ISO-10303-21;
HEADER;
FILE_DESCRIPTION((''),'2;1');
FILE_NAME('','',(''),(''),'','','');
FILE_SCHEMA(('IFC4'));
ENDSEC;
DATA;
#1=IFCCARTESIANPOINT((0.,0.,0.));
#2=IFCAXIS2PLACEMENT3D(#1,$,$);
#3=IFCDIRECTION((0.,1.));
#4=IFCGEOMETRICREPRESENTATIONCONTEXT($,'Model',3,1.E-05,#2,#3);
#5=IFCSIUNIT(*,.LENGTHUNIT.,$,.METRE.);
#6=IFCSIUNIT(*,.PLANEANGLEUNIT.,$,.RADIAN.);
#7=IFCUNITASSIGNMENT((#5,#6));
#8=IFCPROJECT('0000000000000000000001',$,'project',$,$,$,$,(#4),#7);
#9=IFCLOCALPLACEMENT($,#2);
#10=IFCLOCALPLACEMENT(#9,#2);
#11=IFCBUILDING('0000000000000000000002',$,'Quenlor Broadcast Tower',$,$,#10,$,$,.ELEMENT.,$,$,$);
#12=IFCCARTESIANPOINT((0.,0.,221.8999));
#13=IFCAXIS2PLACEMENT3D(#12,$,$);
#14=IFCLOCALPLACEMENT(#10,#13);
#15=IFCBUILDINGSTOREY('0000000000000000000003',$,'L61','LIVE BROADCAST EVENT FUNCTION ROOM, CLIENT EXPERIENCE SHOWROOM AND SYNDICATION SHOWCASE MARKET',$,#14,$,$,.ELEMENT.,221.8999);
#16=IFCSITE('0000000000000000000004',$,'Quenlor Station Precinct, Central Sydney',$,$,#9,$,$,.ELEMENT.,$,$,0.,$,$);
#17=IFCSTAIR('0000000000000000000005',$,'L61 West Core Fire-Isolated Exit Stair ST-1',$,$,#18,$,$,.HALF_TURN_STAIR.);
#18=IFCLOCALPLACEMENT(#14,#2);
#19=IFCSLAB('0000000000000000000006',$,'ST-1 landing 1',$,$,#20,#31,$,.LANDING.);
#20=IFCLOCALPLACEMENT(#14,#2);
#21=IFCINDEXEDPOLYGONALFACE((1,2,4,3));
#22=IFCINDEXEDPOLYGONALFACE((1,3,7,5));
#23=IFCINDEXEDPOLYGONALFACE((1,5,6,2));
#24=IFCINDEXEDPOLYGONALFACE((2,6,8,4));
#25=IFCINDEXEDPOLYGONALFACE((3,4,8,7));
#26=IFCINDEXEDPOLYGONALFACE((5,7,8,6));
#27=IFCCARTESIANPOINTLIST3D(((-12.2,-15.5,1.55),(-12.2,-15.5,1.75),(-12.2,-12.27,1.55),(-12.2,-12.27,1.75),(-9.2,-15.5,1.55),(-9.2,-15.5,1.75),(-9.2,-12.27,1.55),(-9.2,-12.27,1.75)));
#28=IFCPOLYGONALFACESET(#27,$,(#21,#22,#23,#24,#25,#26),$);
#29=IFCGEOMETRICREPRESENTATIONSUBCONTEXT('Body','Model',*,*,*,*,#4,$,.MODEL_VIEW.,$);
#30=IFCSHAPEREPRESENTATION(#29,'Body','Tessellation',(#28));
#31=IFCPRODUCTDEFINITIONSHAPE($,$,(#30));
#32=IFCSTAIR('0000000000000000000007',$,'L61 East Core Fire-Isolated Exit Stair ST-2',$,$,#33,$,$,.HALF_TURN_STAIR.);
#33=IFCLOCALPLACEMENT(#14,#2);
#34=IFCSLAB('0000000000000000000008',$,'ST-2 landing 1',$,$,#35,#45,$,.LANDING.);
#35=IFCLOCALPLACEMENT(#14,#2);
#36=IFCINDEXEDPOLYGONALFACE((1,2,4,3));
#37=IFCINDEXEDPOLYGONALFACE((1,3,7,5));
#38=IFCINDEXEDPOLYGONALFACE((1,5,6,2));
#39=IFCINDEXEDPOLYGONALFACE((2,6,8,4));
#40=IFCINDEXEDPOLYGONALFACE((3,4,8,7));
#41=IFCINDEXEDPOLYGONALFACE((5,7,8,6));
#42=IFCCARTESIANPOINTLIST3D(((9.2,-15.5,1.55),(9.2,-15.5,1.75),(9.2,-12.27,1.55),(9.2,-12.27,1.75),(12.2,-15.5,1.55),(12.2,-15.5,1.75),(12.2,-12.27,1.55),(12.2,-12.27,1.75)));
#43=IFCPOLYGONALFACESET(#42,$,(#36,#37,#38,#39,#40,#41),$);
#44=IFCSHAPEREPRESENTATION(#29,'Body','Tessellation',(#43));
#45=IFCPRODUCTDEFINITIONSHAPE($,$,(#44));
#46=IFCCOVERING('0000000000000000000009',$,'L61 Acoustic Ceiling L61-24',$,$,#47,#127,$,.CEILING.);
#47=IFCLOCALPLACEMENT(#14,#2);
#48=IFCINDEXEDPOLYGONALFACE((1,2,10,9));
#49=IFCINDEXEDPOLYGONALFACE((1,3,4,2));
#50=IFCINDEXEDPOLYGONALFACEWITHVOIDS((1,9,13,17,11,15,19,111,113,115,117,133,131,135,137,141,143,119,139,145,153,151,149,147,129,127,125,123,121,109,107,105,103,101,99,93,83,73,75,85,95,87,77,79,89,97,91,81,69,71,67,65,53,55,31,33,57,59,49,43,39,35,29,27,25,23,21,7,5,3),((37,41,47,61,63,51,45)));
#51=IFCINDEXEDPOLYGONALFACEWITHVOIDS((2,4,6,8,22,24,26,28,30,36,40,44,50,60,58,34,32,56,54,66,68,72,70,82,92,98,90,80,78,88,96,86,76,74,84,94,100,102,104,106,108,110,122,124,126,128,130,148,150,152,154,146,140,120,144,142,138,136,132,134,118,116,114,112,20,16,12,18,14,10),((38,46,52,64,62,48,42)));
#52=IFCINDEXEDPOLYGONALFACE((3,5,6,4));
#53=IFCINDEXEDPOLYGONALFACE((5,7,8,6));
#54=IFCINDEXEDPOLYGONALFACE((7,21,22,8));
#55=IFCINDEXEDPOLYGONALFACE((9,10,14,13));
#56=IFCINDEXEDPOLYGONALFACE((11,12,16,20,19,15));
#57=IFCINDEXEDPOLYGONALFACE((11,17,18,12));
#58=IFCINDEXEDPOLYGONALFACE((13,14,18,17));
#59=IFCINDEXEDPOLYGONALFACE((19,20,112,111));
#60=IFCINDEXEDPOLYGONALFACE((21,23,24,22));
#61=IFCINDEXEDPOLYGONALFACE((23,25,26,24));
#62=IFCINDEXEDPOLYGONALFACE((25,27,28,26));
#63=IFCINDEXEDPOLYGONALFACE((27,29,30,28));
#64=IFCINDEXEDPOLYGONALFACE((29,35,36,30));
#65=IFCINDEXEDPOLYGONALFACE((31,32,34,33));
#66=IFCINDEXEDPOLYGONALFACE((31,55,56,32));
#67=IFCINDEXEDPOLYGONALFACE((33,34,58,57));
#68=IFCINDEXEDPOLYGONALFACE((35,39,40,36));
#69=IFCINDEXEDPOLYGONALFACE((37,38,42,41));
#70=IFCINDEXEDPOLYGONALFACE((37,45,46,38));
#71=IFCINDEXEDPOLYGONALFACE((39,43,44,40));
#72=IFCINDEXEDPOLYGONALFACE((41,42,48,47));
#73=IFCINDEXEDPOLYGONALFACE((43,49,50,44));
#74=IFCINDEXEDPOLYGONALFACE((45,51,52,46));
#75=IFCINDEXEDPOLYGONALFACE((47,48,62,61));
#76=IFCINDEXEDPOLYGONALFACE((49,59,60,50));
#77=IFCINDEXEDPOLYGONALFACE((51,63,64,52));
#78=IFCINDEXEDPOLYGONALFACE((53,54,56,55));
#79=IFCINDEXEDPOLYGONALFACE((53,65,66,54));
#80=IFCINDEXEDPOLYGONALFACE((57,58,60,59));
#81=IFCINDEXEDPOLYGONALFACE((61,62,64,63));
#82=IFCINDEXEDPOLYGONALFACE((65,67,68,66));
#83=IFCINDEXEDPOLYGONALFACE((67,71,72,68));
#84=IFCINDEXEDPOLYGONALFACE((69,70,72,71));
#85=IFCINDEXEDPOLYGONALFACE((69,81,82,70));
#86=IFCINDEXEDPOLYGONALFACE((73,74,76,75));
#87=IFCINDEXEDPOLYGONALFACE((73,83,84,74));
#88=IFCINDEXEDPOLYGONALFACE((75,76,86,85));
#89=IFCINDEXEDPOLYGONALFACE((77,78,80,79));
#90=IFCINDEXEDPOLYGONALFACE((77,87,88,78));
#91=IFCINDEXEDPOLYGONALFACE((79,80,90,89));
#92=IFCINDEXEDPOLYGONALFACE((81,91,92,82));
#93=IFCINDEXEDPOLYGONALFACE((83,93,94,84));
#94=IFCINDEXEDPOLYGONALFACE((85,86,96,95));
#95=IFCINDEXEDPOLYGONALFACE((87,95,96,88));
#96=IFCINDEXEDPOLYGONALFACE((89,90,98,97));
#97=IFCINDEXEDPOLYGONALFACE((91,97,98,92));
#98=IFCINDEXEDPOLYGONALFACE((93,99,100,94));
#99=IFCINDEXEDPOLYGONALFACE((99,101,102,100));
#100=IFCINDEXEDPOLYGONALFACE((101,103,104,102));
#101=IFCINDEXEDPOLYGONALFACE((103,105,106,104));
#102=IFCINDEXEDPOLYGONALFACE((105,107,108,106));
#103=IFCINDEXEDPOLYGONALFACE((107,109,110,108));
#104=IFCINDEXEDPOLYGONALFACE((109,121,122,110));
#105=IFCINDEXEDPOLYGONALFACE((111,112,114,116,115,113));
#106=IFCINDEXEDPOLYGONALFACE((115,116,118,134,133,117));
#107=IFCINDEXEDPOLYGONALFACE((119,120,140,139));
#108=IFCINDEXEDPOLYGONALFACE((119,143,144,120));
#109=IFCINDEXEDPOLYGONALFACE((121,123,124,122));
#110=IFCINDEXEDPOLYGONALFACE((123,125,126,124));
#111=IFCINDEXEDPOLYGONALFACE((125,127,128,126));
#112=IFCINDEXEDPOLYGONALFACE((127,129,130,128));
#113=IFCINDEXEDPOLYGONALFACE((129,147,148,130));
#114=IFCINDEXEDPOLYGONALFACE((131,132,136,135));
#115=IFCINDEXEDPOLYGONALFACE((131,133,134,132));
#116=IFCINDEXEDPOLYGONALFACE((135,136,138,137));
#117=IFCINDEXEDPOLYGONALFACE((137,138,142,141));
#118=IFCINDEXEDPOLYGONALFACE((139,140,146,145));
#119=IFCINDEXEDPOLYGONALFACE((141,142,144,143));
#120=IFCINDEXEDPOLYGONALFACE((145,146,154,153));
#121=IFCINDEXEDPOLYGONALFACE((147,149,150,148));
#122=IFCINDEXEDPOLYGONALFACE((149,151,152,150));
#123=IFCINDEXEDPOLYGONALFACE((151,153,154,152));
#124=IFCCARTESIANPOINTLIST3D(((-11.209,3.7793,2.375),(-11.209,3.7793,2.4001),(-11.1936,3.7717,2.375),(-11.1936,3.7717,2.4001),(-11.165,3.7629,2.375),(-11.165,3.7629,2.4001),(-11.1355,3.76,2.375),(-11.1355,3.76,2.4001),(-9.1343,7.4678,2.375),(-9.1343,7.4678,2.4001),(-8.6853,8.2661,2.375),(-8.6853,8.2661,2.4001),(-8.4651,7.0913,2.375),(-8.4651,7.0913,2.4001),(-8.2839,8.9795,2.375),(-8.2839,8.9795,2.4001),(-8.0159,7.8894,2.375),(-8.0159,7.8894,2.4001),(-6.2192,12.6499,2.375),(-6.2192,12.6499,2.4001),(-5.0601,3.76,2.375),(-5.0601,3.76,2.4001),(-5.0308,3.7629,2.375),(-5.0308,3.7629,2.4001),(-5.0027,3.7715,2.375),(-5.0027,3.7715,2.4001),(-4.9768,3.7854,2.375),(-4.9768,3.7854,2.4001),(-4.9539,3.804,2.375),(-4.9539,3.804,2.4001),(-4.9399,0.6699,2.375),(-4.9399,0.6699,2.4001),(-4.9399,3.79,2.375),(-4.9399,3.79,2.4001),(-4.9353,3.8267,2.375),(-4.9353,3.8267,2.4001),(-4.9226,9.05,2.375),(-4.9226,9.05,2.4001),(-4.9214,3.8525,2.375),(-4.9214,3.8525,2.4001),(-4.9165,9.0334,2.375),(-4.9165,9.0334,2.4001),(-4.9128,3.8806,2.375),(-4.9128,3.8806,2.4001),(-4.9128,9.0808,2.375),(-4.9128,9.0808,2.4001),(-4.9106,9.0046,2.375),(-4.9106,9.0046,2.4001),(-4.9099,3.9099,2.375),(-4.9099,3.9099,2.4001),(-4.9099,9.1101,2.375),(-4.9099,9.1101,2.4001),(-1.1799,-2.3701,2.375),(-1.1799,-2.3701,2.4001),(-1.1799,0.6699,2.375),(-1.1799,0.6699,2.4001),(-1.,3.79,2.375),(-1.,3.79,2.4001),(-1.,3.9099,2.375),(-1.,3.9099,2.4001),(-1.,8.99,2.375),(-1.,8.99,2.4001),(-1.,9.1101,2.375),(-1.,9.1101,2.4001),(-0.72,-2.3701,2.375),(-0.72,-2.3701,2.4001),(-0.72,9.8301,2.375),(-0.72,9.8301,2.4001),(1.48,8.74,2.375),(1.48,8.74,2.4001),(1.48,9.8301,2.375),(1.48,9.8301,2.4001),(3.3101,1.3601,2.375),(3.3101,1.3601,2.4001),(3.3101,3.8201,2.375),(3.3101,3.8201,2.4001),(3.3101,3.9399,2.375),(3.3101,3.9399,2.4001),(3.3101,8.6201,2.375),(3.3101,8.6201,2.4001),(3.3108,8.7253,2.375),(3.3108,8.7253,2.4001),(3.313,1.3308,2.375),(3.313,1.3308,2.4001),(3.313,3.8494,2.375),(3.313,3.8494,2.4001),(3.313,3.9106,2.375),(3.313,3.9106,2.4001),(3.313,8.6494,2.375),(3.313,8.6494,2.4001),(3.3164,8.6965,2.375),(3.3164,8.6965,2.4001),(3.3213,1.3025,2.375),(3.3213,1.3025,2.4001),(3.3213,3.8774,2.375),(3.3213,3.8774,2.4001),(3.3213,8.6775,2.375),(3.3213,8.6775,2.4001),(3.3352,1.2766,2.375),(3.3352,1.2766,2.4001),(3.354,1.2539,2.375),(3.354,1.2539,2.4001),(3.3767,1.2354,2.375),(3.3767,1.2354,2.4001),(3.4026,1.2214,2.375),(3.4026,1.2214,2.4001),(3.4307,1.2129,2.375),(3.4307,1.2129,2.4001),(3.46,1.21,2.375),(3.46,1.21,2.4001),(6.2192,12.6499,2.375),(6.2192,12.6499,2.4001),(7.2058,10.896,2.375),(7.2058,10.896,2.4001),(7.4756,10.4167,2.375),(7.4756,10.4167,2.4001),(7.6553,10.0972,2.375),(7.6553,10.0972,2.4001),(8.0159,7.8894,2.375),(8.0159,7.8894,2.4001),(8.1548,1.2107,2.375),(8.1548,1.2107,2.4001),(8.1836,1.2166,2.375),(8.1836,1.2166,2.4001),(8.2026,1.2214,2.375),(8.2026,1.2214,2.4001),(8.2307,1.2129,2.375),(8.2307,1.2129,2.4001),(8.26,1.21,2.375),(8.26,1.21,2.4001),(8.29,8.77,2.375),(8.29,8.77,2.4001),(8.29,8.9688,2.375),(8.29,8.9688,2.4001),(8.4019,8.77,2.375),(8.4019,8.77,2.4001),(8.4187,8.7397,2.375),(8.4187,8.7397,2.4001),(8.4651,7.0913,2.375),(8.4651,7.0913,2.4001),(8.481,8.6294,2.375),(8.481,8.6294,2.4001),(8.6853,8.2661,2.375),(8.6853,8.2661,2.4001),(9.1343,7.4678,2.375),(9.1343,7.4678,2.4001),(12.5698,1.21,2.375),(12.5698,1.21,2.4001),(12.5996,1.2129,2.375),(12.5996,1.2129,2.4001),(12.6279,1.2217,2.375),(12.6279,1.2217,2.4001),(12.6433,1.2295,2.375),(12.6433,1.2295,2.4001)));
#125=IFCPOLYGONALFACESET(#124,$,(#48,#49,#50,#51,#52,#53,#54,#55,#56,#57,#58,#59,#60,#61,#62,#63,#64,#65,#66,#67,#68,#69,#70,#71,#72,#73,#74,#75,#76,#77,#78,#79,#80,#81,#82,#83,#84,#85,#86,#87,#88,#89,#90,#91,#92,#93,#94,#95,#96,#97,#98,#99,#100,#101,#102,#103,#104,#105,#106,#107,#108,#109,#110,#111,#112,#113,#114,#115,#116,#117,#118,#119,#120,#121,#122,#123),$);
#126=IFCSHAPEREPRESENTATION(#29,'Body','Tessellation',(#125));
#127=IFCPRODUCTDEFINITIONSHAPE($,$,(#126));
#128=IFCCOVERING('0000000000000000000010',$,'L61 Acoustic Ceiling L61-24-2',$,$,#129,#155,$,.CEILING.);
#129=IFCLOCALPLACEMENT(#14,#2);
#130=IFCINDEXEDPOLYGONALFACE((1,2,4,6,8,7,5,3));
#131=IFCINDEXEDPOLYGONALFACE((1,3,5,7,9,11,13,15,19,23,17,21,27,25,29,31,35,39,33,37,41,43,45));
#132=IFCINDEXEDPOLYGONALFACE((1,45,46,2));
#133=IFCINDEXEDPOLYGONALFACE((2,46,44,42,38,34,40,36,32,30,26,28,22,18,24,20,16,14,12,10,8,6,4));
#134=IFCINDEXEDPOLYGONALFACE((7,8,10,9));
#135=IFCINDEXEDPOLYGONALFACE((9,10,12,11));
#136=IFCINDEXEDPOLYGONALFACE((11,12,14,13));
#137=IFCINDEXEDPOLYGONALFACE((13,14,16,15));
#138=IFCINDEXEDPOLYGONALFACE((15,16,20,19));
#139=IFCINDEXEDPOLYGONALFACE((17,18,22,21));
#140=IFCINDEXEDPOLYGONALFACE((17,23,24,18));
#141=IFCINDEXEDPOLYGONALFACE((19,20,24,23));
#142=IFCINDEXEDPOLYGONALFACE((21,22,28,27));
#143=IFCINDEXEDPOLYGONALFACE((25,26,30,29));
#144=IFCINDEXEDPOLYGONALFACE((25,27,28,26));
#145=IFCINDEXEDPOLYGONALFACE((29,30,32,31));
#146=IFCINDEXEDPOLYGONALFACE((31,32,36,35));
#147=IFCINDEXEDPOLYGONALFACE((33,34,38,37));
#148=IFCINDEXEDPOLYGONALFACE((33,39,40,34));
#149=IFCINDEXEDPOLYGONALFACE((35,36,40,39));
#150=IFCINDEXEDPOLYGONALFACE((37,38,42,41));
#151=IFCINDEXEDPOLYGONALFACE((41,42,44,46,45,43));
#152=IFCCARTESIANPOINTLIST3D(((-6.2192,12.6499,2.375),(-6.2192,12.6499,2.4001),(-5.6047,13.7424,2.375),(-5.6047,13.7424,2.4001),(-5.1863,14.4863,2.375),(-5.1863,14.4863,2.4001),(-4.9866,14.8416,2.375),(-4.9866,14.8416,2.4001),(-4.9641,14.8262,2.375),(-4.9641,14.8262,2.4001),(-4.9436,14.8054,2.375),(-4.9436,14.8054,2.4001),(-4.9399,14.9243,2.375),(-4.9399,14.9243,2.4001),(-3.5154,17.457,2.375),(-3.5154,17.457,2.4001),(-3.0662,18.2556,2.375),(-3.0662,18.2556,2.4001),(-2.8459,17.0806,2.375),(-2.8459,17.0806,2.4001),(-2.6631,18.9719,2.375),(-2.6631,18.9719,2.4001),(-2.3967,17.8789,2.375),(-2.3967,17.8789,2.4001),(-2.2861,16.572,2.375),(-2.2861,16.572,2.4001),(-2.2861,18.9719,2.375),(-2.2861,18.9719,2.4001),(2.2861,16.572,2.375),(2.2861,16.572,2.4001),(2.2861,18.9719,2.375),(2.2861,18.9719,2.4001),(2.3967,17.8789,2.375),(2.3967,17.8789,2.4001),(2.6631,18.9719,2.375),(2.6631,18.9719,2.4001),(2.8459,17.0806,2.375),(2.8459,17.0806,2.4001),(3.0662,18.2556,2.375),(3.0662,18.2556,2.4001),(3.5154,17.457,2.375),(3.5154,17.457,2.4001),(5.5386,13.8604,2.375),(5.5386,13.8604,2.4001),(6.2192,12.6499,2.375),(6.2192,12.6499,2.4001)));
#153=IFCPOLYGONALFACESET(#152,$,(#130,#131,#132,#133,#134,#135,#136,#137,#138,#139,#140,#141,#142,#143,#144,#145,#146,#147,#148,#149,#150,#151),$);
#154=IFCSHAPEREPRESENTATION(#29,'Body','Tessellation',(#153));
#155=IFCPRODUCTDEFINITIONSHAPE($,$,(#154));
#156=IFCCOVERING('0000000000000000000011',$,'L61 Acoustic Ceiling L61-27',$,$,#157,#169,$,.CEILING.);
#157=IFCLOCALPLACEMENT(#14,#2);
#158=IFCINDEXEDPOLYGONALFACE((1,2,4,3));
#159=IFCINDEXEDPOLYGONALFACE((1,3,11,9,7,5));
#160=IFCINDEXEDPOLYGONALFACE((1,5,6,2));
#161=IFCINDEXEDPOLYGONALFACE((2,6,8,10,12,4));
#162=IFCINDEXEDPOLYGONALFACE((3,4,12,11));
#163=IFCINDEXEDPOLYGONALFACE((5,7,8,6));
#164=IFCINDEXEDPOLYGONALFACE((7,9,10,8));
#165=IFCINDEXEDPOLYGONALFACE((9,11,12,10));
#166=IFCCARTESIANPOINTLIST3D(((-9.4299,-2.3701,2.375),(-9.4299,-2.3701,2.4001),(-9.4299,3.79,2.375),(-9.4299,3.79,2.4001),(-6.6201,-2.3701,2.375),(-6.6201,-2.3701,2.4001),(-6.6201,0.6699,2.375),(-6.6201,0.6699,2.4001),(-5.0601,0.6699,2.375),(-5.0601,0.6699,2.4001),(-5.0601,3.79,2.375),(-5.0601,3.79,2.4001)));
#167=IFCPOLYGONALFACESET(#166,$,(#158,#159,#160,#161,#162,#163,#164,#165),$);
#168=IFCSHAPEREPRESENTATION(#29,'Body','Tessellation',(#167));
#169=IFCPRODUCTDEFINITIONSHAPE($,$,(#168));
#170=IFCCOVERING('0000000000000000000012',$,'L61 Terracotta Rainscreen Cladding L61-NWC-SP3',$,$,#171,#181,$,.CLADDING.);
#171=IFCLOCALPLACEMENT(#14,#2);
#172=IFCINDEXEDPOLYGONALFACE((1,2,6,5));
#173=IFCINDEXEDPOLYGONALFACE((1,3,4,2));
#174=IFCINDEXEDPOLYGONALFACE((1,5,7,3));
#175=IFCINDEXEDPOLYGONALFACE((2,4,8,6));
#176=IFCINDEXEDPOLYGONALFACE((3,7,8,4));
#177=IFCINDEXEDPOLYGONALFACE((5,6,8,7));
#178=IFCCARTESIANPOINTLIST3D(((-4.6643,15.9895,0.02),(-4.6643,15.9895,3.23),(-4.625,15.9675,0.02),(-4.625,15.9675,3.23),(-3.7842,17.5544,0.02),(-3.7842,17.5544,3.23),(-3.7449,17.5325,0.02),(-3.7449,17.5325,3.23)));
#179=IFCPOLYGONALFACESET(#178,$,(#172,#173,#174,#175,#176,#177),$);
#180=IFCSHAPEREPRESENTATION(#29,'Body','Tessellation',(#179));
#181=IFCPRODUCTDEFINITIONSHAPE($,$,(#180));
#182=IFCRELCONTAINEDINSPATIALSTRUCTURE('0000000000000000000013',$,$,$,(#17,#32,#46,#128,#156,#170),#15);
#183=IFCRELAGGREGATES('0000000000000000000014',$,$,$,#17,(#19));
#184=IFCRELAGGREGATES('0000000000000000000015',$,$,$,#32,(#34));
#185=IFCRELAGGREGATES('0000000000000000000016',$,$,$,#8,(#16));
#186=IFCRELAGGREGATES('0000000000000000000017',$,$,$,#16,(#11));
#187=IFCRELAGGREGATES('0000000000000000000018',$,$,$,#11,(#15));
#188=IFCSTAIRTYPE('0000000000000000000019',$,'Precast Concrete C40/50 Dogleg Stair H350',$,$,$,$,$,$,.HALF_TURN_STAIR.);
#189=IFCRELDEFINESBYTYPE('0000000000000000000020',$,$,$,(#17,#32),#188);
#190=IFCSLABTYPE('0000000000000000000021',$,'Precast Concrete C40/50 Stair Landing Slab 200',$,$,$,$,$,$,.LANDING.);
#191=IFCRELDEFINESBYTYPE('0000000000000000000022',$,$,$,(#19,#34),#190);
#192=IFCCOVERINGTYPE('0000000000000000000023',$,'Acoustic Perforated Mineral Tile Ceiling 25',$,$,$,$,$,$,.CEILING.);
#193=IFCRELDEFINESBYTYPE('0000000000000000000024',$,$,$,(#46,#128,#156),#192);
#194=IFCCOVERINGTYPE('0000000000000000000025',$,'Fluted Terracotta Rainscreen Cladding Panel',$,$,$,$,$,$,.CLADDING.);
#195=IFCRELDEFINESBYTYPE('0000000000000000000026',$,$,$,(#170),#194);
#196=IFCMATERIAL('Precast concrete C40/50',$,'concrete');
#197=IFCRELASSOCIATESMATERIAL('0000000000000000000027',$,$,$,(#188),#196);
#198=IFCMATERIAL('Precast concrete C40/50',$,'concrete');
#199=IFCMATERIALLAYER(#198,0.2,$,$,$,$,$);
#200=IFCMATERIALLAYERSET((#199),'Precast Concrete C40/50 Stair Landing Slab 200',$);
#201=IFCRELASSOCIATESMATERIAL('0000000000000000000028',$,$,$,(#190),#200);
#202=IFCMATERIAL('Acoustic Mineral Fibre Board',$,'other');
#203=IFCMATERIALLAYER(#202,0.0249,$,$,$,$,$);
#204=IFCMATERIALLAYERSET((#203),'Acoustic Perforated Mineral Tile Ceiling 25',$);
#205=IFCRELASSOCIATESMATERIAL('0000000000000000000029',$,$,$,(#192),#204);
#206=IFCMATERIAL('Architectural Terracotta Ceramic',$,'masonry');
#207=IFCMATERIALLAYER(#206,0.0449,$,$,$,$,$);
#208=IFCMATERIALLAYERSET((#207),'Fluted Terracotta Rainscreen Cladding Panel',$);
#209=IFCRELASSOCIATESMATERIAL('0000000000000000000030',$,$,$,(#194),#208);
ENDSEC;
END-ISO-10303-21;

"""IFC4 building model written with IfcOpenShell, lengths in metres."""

from ifc_helpers import new_model, si_unit, direction, frame, origin, place, context, subcontext, project, spatial, polyline, outline, extrude, material, layer, layer_set, type_object, element, aggregate, save


model = new_model("IFC4")

# Units and contexts
model_context = context("Model", 3, precision=1e-05, world=origin(), true_north=direction((0.0, 1.0)))
body_context = subcontext(model_context, "Body", "Model", "MODEL_VIEW")
ifc_project = project(units=[si_unit("LENGTHUNIT", "METRE"), si_unit("PLANEANGLEUNIT", "RADIAN")], contexts=[model_context])

# Site, building, storey
site_placement = place(None, origin())
site = spatial("IfcSite", under=ifc_project, at=site_placement, Name="Quenlor Station Precinct, Central Sydney", CompositionType="ELEMENT", RefElevation=0.0)
building_placement = place(site_placement, origin())
building = spatial("IfcBuilding", under=site, at=building_placement, Name="Quenlor Broadcast Tower", CompositionType="ELEMENT")
storey_placement = place(building_placement, frame((0.0, 0.0, 221.8999)))
storey = spatial("IfcBuildingStorey", under=building, at=storey_placement, Name="L61", Description="LIVE BROADCAST EVENT FUNCTION ROOM, CLIENT EXPERIENCE SHOWROOM AND SYNDICATION SHOWCASE MARKET", CompositionType="ELEMENT", Elevation=221.8999)

# Stairs, slabs
ifc_material_1 = material(Name="Precast concrete C40/50", Category="concrete")
stair_type = type_object("IfcStairType", Name="Precast Concrete C40/50 Dogleg Stair H350", PredefinedType="HALF_TURN_STAIR", material=ifc_material_1)
stair_1_placement = place(storey_placement, origin())
stair_1 = element("IfcStair", 1, at=stair_1_placement, inside=storey, type_object=stair_type, Name="L61 West Core Fire-Isolated Exit Stair ST-1", PredefinedType="HALF_TURN_STAIR")
ifc_material_2 = material(Name="Precast concrete C40/50", Category="concrete")
ifc_layer_1 = layer(ifc_material_2, 0.2)
ifc_layer_set_1 = layer_set([ifc_layer_1], Name="Precast Concrete C40/50 Stair Landing Slab 200")
slab_type = type_object("IfcSlabType", Name="Precast Concrete C40/50 Stair Landing Slab 200", PredefinedType="LANDING", material=ifc_layer_set_1)
slab_1_placement = place(storey_placement, frame((0.0, 0.0, 1.55)))
slab_1 = element("IfcSlab", 2, at=slab_1_placement, type_object=slab_type, Name="ST-1 landing 1", PredefinedType="LANDING", context=body_context, shape_type="SweptSolid", body=[
    extrude(outline(polyline([(-12.2, -12.27), (-12.2, -15.5), (-9.2, -15.5), (-9.2, -12.27), (-12.2, -12.27)])), origin(), (0.0, 0.0, 1.0), 0.2),
])
aggregate(stair_1, [slab_1])
stair_2_placement = place(storey_placement, origin())
stair_2 = element("IfcStair", 3, at=stair_2_placement, inside=storey, type_object=stair_type, Name="L61 East Core Fire-Isolated Exit Stair ST-2", PredefinedType="HALF_TURN_STAIR")
slab_2_placement = place(storey_placement, frame((0.0, 0.0, 1.55)))
slab_2 = element("IfcSlab", 4, at=slab_2_placement, type_object=slab_type, Name="ST-2 landing 1", PredefinedType="LANDING", context=body_context, shape_type="SweptSolid", body=[
    extrude(outline(polyline([(9.2, -12.27), (9.2, -15.5), (12.2, -15.5), (12.2, -12.27), (9.2, -12.27)])), origin(), (0.0, 0.0, 1.0), 0.2),
])
aggregate(stair_2, [slab_2])

# Coverings
ifc_material_3 = material(Name="Acoustic Mineral Fibre Board", Category="other")
ifc_layer_2 = layer(ifc_material_3, 0.0249)
ifc_layer_set_2 = layer_set([ifc_layer_2], Name="Acoustic Perforated Mineral Tile Ceiling 25")
covering_type_1 = type_object("IfcCoveringType", Name="Acoustic Perforated Mineral Tile Ceiling 25", PredefinedType="CEILING", material=ifc_layer_set_2)
covering_1_placement = place(storey_placement, frame((0.0, 0.0, 2.375)))
element("IfcCovering", 5, at=covering_1_placement, inside=storey, type_object=covering_type_1, Name="L61 Acoustic Ceiling L61-24", PredefinedType="CEILING", context=body_context, shape_type="SweptSolid", body=[
    extrude(outline(polyline([(3.3101, 8.6201), (3.313, 8.6494), (3.3213, 8.6775), (3.3164, 8.6965), (3.3108, 8.7253), (1.48, 8.74), (1.48, 9.8301), (-0.72, 9.8301), (-0.72, -2.3701), (-1.1799, -2.3701), (-1.1799, 0.6699), (-4.9399, 0.6699), (-4.9399, 3.79), (-1.0, 3.79), (-1.0, 3.9099), (-4.9099, 3.9099), (-4.9128, 3.8806), (-4.9214, 3.8525), (-4.9353, 3.8267), (-4.9539, 3.804), (-4.9768, 3.7854), (-5.0027, 3.7715), (-5.0308, 3.7629), (-5.0601, 3.76), (-11.1355, 3.76), (-11.165, 3.7629), (-11.1936, 3.7717), (-11.209, 3.7793), (-9.1343, 7.4678), (-8.4651, 7.0913), (-8.0159, 7.8894), (-8.6853, 8.2661), (-8.2839, 8.9795), (-6.2192, 12.6499), (6.2192, 12.6499), (7.2058, 10.896), (7.4756, 10.4167), (7.6553, 10.0972), (8.29, 8.9688), (8.29, 8.77), (8.4019, 8.77), (8.4187, 8.7397), (8.481, 8.6294), (8.6853, 8.2661), (8.0159, 7.8894), (8.4651, 7.0913), (9.1343, 7.4678), (12.6433, 1.2295), (12.6279, 1.2217), (12.5996, 1.2129), (12.5698, 1.21), (8.26, 1.21), (8.2307, 1.2129), (8.2026, 1.2214), (8.1836, 1.2166), (8.1548, 1.2107), (3.46, 1.21), (3.4307, 1.2129), (3.4026, 1.2214), (3.3767, 1.2354), (3.354, 1.2539), (3.3352, 1.2766), (3.3213, 1.3025), (3.313, 1.3308), (3.3101, 1.3601), (3.3101, 3.8201), (3.313, 3.8494), (3.3213, 3.8774), (3.313, 3.9106), (3.3101, 3.9399), (3.3101, 8.6201)]), holes=[polyline([(-4.9106, 9.0046), (-1.0, 8.99), (-1.0, 9.1101), (-4.9099, 9.1101), (-4.9128, 9.0808), (-4.9226, 9.05), (-4.9165, 9.0334), (-4.9106, 9.0046)])]), origin(), (0.0, 0.0, 1.0), 0.0251),
])
covering_2_placement = place(storey_placement, frame((0.0, 0.0, 2.375)))
element("IfcCovering", 6, at=covering_2_placement, inside=storey, type_object=covering_type_1, Name="L61 Acoustic Ceiling L61-24-2", PredefinedType="CEILING", context=body_context, shape_type="SweptSolid", body=[
    extrude(outline(polyline([(-5.6047, 13.7424), (-5.1863, 14.4863), (-4.9866, 14.8416), (-4.9641, 14.8262), (-4.9436, 14.8054), (-4.9399, 14.9243), (-3.5154, 17.457), (-2.8459, 17.0806), (-2.3967, 17.8789), (-3.0662, 18.2556), (-2.6631, 18.9719), (-2.2861, 18.9719), (-2.2861, 16.572), (2.2861, 16.572), (2.2861, 18.9719), (2.6631, 18.9719), (3.0662, 18.2556), (2.3967, 17.8789), (2.8459, 17.0806), (3.5154, 17.457), (5.5386, 13.8604), (6.2192, 12.6499), (-6.2192, 12.6499), (-5.6047, 13.7424)])), origin(), (0.0, 0.0, 1.0), 0.0251),
])
covering_3_placement = place(storey_placement, frame((0.0, 0.0, 2.375)))
element("IfcCovering", 7, at=covering_3_placement, inside=storey, type_object=covering_type_1, Name="L61 Acoustic Ceiling L61-27", PredefinedType="CEILING", context=body_context, shape_type="SweptSolid", body=[
    extrude(outline(polyline([(-6.6201, -2.3701), (-9.4299, -2.3701), (-9.4299, 3.79), (-5.0601, 3.79), (-5.0601, 0.6699), (-6.6201, 0.6699), (-6.6201, -2.3701)])), origin(), (0.0, 0.0, 1.0), 0.0251),
])
ifc_material_4 = material(Name="Architectural Terracotta Ceramic", Category="masonry")
ifc_layer_3 = layer(ifc_material_4, 0.0449)
ifc_layer_set_3 = layer_set([ifc_layer_3], Name="Fluted Terracotta Rainscreen Cladding Panel")
covering_type_2 = type_object("IfcCoveringType", Name="Fluted Terracotta Rainscreen Cladding Panel", PredefinedType="CLADDING", material=ifc_layer_set_3)
covering_4_placement = place(storey_placement, frame((0.0, 0.0, 0.02)))
element("IfcCovering", 8, at=covering_4_placement, inside=storey, type_object=covering_type_2, Name="L61 Terracotta Rainscreen Cladding L61-NWC-SP3", PredefinedType="CLADDING", context=body_context, shape_type="SweptSolid", body=[
    extrude(outline(polyline([(-4.625, 15.9675), (-3.7449, 17.5325), (-3.7842, 17.5544), (-4.6643, 15.9895), (-4.625, 15.9675)])), origin(), (0.0, 0.0, 1.0), 3.21),
])

save(model, "model.ifc")
